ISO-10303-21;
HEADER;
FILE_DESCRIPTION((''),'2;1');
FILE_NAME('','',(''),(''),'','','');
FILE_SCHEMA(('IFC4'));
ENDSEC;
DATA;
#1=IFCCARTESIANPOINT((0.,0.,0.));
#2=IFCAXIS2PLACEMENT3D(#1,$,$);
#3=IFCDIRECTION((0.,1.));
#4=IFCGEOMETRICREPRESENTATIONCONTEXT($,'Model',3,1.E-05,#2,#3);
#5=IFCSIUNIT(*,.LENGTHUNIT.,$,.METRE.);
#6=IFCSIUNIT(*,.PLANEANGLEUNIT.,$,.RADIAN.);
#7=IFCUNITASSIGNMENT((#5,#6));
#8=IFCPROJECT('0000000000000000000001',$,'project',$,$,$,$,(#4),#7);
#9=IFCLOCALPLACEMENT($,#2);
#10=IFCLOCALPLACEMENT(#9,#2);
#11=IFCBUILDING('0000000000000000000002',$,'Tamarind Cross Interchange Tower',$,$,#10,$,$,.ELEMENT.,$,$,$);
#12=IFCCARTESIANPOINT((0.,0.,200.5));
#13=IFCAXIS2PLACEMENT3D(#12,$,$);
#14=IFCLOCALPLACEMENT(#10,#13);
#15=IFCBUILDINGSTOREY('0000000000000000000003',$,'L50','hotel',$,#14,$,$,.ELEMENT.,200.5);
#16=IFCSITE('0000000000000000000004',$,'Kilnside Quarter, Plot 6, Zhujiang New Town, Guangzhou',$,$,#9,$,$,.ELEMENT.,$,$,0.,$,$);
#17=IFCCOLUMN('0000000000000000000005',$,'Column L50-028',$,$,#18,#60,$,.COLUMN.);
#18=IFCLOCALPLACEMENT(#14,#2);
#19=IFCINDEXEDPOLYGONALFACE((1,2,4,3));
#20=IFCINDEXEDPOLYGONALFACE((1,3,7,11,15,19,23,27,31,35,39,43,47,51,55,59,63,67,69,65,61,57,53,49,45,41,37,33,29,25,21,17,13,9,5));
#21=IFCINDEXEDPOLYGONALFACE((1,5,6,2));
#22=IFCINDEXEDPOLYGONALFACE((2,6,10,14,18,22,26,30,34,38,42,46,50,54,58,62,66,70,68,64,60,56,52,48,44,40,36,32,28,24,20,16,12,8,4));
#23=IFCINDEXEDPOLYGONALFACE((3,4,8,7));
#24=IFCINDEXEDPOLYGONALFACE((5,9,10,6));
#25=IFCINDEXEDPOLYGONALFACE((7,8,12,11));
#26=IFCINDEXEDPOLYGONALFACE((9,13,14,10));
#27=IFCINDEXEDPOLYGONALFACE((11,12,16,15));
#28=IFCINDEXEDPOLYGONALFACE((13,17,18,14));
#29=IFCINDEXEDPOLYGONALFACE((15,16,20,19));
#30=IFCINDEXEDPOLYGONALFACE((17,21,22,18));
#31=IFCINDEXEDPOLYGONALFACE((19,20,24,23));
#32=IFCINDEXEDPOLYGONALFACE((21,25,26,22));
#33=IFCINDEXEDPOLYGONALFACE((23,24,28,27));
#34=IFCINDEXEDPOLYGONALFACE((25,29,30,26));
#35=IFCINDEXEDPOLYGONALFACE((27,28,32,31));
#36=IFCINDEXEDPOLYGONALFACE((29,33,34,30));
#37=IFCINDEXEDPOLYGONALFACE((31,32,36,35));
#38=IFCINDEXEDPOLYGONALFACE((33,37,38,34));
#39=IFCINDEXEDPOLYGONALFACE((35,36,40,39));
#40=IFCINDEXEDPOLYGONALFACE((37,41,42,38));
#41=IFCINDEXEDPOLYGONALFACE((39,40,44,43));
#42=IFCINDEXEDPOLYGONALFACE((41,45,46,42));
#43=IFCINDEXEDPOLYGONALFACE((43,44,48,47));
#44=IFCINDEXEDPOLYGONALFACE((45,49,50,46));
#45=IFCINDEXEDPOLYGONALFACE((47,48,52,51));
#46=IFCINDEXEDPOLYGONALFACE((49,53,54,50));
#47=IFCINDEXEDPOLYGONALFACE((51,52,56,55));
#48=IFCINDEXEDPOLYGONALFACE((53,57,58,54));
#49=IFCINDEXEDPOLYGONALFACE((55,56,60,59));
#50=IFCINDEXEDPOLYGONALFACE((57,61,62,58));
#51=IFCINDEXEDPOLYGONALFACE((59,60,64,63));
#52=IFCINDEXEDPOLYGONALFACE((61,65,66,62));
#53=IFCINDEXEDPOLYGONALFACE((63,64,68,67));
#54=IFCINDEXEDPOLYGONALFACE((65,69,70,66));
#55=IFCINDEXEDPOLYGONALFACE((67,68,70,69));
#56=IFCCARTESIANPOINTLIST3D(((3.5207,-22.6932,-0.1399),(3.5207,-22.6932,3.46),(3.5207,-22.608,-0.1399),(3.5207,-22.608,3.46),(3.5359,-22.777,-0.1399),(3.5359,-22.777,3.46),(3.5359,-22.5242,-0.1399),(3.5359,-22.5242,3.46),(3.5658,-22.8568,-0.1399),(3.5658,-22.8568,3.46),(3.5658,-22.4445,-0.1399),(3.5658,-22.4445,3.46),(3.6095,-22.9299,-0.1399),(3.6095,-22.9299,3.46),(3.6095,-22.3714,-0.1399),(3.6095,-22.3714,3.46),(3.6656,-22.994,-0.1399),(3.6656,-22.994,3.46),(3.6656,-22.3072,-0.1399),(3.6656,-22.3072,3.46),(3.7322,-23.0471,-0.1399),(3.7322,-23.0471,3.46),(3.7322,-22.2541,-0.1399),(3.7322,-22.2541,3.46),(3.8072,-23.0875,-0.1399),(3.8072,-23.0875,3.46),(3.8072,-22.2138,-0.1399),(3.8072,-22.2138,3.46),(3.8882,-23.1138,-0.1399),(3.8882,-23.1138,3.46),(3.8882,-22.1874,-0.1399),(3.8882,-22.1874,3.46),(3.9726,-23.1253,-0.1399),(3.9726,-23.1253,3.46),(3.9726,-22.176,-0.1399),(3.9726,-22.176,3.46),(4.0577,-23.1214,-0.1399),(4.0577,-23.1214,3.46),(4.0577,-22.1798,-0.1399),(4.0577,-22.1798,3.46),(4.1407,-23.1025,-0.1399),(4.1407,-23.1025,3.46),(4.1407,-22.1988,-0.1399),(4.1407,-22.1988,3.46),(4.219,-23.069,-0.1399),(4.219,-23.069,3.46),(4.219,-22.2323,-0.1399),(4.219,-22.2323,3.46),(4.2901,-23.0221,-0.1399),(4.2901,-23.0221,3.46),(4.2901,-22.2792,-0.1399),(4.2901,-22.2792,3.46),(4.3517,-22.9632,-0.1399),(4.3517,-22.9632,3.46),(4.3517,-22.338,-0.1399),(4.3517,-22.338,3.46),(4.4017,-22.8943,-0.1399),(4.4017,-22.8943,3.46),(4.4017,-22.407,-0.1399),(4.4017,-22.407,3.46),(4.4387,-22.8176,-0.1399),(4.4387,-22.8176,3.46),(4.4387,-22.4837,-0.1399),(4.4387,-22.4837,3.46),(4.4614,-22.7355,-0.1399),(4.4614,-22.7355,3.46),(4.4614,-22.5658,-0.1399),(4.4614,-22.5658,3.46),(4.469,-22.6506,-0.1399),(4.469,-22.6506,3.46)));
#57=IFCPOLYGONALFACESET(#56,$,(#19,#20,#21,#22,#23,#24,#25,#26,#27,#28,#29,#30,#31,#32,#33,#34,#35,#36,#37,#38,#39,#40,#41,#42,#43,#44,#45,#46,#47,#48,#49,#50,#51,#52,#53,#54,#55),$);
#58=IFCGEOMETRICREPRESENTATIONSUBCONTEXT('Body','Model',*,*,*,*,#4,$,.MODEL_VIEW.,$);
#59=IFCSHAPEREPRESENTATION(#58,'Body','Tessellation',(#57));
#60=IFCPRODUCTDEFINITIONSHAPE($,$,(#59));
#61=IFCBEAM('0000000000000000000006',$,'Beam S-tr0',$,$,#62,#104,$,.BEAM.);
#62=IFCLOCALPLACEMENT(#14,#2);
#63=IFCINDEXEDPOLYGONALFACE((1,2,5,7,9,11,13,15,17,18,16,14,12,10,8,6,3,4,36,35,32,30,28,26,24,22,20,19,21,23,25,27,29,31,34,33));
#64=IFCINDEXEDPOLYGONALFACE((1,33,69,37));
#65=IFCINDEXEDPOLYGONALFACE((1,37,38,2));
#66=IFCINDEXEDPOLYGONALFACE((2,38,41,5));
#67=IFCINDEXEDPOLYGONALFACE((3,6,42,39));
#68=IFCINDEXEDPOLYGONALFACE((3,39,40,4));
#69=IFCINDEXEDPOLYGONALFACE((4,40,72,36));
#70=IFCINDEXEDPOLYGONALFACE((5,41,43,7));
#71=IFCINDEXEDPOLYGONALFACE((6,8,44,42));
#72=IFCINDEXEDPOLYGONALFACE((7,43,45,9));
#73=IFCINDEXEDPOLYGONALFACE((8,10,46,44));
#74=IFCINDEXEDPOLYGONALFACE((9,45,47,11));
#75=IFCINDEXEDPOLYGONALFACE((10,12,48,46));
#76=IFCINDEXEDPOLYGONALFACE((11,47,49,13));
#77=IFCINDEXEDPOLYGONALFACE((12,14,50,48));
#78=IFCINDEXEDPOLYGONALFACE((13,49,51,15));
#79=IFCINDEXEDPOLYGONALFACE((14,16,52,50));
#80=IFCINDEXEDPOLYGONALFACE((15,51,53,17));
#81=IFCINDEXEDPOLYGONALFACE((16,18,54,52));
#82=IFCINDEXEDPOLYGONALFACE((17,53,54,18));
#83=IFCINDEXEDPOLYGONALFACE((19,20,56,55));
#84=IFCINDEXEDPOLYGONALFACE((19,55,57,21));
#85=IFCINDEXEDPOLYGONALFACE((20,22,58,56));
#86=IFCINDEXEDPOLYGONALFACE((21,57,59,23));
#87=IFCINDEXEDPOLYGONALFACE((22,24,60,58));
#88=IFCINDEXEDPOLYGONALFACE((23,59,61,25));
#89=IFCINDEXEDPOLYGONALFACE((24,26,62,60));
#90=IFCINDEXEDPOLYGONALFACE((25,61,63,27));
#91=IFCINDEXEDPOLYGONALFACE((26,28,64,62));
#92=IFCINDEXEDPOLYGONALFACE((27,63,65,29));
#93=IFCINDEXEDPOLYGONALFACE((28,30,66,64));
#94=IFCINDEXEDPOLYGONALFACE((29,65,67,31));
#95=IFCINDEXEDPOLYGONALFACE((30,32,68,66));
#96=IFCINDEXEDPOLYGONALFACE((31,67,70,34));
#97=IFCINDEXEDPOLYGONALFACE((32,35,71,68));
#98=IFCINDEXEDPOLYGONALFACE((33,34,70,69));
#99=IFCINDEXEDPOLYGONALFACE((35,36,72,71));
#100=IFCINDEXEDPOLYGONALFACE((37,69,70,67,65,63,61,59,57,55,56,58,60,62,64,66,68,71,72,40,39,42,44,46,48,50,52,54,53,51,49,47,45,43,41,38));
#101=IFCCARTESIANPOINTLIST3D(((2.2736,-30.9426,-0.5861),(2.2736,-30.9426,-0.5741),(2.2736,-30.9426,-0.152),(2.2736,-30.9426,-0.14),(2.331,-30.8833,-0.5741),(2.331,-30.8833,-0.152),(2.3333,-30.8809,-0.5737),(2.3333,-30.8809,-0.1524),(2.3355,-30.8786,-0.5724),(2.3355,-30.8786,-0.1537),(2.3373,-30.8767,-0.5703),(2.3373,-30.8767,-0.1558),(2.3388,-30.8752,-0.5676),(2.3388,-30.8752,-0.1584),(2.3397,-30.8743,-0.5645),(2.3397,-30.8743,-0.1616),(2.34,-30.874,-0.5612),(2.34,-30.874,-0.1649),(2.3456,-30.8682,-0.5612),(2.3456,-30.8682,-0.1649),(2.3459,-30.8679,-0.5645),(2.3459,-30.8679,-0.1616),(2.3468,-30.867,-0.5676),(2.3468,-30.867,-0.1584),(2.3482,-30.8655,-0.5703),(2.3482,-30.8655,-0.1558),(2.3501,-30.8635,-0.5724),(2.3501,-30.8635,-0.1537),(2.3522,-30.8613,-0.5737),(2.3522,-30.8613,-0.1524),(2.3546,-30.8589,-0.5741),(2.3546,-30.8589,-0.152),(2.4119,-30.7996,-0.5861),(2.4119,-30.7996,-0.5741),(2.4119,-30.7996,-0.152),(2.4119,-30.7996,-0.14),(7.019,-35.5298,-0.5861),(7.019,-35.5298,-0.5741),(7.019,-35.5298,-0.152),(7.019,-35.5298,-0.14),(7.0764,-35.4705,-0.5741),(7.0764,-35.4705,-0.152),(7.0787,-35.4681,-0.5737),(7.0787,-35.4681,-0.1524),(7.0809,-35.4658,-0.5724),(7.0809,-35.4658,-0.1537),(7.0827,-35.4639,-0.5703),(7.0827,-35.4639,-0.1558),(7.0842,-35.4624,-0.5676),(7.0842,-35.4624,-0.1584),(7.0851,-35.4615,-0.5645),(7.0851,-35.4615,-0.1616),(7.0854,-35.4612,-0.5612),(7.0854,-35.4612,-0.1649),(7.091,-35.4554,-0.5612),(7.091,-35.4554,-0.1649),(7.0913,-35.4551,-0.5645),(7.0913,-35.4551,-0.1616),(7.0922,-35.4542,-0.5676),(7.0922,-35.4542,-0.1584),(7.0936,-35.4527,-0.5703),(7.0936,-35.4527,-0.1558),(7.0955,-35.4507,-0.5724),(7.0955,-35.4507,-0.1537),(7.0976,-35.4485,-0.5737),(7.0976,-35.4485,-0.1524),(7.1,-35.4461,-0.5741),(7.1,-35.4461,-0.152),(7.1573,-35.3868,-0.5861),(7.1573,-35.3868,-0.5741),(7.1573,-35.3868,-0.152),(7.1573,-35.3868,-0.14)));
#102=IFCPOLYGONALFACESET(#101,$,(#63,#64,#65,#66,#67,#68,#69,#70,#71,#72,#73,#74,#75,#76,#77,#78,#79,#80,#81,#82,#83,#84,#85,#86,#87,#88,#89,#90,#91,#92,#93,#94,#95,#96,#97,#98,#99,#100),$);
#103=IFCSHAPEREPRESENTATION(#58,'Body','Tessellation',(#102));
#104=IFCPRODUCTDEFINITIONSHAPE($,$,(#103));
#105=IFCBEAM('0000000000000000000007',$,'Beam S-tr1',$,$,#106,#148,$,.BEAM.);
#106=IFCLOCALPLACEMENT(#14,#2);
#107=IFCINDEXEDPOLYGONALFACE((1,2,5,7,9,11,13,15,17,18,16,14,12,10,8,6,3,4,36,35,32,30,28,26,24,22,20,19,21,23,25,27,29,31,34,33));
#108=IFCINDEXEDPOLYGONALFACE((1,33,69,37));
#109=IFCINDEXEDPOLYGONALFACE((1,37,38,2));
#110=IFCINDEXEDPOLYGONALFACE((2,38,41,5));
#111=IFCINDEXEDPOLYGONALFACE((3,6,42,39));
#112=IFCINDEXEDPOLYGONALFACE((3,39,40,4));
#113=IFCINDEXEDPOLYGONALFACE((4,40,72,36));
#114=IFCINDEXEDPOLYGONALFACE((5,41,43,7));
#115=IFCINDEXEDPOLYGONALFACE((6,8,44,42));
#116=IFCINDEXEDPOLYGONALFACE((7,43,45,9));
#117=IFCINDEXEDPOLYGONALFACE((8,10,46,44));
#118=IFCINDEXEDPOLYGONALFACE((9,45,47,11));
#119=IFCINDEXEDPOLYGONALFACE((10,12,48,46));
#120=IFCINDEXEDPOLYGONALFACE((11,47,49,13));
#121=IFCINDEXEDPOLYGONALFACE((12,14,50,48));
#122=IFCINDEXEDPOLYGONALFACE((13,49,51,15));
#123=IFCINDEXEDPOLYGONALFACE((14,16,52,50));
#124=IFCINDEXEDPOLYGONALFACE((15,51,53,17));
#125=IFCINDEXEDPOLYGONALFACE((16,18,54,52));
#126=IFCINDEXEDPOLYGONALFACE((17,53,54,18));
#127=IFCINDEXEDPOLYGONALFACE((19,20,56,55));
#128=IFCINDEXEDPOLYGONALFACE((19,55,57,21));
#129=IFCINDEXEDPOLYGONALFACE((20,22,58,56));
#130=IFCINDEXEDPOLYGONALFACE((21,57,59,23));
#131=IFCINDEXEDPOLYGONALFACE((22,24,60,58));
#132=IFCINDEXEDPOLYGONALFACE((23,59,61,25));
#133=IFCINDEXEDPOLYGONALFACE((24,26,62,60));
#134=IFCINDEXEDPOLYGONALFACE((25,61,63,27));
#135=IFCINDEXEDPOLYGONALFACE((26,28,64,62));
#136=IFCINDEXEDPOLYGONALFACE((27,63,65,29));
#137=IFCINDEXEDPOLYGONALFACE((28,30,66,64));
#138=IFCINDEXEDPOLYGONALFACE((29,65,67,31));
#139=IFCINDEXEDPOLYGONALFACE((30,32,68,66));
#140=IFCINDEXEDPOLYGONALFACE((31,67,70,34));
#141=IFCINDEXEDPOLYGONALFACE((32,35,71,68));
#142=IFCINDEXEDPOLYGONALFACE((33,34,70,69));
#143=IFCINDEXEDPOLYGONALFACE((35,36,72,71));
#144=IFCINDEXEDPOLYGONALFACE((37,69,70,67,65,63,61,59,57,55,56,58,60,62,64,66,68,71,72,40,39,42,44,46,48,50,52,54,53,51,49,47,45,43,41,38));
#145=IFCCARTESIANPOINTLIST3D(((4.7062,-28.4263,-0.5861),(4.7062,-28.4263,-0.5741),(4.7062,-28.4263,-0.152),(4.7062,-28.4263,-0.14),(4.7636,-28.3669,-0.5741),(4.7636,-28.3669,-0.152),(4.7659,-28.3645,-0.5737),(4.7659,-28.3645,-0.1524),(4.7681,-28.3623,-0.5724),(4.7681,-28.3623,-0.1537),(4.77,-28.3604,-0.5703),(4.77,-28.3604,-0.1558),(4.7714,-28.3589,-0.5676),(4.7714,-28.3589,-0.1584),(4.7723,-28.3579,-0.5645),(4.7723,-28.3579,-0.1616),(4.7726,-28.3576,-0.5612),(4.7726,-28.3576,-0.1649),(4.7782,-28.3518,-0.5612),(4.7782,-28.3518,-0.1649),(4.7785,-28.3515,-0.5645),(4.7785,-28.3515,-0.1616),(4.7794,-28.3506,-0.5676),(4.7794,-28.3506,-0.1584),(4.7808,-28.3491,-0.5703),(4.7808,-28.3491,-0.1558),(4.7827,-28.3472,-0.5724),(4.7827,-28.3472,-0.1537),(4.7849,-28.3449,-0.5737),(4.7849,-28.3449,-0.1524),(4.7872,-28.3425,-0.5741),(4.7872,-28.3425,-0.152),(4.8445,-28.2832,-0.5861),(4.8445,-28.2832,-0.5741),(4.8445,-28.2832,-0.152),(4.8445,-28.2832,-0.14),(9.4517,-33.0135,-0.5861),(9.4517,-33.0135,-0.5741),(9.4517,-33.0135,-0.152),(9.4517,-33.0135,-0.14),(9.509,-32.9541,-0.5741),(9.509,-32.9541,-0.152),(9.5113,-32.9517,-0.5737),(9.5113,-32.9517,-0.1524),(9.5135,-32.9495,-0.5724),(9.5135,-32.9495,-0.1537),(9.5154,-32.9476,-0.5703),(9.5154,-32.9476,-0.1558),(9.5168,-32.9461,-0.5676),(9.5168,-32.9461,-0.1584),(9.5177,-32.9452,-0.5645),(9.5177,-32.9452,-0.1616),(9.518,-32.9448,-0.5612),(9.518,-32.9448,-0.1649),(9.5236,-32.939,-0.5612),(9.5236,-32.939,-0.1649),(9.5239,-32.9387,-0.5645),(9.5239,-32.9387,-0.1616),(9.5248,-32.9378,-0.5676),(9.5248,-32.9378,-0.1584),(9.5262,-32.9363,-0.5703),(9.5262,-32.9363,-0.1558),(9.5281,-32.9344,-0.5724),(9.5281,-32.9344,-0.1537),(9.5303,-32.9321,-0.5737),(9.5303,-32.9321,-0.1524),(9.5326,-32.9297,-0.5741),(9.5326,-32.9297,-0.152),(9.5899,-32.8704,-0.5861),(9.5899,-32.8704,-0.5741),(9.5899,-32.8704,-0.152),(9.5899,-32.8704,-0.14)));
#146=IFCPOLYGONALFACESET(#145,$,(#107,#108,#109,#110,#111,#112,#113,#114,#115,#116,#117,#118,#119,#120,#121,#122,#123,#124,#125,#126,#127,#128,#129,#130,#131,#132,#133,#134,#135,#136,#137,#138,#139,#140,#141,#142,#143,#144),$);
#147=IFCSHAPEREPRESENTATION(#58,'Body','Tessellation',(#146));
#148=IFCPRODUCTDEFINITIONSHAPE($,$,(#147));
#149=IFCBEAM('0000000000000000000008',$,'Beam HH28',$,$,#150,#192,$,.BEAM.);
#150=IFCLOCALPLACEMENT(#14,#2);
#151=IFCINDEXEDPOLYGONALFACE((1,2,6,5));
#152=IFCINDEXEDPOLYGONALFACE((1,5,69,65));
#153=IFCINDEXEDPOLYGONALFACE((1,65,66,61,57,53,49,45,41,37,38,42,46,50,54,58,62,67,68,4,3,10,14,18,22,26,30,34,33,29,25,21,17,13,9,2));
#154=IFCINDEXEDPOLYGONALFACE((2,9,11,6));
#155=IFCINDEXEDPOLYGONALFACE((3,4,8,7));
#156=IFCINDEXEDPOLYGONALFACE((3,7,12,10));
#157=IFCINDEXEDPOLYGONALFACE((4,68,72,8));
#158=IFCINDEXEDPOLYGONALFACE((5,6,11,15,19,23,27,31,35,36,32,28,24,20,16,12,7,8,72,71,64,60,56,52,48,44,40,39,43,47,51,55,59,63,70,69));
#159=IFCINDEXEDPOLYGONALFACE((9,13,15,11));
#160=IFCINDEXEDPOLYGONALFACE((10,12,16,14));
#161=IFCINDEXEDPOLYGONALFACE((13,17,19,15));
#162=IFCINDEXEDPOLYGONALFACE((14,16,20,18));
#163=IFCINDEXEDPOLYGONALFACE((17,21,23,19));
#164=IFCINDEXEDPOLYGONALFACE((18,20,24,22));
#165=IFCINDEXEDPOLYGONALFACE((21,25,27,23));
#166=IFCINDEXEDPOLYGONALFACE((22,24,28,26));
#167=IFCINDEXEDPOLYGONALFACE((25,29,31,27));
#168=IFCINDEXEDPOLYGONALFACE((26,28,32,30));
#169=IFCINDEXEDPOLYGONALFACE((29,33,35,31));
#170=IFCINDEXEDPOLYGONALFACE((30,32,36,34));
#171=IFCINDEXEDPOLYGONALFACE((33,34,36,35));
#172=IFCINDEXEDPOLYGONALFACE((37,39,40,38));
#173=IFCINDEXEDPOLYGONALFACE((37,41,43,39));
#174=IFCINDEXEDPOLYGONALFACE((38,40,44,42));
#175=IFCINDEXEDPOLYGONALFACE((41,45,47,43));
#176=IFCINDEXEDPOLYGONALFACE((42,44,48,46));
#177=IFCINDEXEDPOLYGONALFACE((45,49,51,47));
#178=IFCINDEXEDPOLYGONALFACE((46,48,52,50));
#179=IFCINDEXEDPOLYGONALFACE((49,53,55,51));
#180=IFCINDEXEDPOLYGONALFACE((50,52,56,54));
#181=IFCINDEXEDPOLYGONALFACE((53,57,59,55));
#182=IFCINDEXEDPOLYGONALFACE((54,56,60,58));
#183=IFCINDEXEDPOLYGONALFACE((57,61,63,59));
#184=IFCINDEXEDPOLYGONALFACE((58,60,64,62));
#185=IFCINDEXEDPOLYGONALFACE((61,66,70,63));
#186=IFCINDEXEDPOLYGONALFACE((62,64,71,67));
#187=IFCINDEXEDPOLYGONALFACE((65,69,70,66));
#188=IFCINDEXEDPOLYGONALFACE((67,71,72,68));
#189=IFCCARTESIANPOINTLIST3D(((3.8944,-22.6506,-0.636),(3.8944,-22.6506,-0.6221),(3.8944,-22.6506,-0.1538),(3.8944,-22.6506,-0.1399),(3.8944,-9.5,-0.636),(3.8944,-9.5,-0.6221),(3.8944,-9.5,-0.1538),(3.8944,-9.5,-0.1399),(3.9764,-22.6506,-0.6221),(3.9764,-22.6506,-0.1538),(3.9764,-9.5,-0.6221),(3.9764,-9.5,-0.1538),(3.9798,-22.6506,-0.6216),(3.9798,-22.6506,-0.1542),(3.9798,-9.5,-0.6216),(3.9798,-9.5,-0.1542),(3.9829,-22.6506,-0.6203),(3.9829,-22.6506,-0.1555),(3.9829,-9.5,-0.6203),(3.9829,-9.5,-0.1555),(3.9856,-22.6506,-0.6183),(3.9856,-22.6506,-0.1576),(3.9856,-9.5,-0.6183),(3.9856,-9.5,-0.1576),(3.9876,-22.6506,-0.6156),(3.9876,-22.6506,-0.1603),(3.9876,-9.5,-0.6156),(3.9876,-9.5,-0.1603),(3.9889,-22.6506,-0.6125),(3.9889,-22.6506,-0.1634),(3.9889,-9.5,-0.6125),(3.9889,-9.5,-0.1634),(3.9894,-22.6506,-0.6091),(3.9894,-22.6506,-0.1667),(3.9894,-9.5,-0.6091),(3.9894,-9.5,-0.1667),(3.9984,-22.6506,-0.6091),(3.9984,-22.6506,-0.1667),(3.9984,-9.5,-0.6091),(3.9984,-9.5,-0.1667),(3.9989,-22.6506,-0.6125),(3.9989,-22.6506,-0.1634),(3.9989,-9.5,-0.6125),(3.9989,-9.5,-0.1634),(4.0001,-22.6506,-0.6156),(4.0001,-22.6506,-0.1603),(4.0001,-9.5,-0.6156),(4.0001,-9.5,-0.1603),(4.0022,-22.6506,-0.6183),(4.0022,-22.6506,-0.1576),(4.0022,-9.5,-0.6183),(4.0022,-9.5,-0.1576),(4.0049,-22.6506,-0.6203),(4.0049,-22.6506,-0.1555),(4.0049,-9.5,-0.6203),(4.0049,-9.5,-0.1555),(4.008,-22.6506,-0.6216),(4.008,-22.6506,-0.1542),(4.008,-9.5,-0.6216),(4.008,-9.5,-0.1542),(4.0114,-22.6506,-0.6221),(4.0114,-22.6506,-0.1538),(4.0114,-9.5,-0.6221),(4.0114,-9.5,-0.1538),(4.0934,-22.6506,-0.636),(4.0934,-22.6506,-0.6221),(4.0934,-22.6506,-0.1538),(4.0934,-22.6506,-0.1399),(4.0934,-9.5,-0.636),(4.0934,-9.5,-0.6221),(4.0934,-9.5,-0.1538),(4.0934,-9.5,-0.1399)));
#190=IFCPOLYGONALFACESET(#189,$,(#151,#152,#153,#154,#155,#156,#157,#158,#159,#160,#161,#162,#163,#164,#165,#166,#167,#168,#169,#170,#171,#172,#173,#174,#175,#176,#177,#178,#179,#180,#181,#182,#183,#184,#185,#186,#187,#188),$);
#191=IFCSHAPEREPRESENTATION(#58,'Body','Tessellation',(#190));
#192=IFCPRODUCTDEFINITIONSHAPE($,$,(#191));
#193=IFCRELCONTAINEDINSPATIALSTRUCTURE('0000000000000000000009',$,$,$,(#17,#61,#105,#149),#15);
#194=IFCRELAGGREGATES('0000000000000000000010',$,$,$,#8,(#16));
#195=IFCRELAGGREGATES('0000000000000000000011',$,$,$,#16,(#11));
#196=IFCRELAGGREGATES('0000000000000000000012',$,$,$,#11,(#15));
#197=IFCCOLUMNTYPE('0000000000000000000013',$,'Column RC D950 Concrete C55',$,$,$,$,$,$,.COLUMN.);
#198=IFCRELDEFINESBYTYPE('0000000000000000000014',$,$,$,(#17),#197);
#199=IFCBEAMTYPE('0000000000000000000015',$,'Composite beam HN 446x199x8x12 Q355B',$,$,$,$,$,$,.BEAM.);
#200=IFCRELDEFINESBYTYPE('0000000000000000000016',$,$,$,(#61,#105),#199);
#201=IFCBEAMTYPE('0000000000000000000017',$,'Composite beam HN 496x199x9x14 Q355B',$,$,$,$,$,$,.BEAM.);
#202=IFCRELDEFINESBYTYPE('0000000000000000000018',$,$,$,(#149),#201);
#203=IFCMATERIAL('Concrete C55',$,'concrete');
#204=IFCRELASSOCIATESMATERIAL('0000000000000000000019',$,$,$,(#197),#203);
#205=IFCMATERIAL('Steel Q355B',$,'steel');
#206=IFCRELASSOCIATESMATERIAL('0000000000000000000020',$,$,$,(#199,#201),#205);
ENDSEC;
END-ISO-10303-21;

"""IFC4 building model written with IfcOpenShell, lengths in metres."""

from ifc_helpers import new_model, si_unit, direction, frame, origin, origin_2d, place, context, subcontext, project, spatial, circle, i_section, extrude, material, material_profile, profile_set, type_object, element, save


model = new_model("IFC4")

# Units and contexts
model_context = context("Model", 3, precision=1e-05, world=origin(), true_north=direction((0.0, 1.0)))
body_context = subcontext(model_context, "Body", "Model", "MODEL_VIEW")
ifc_project = project(units=[si_unit("LENGTHUNIT", "METRE"), si_unit("PLANEANGLEUNIT", "RADIAN")], contexts=[model_context])

# Site, building, storey
site_placement = place(None, origin())
site = spatial("IfcSite", under=ifc_project, at=site_placement, Name="Kilnside Quarter, Plot 6, Zhujiang New Town, Guangzhou", CompositionType="ELEMENT", RefElevation=0.0)
building_placement = place(site_placement, origin())
building = spatial("IfcBuilding", under=site, at=building_placement, Name="Tamarind Cross Interchange Tower", CompositionType="ELEMENT")
storey_placement = place(building_placement, frame((0.0, 0.0, 200.5)))
storey = spatial("IfcBuildingStorey", under=building, at=storey_placement, Name="L50", Description="hotel", CompositionType="ELEMENT", Elevation=200.5)

# Column
ifc_material_1 = material(Name="Concrete C55", Category="concrete")
ifc_material_profile_1 = material_profile(ifc_material_1, circle(Radius=0.4751, at=origin_2d()), Name="RC D950")
ifc_profile_set_1 = profile_set([ifc_material_profile_1], Name="Concrete C55")
column_type = type_object("IfcColumnType", Name="Column RC D950 Concrete C55", PredefinedType="COLUMN", material=ifc_profile_set_1)
column_placement = place(storey_placement, frame((3.9939, -22.6506, -0.1399), z_axis=(0.0, 0.0, 1.0), x_axis=(1.0, 0.0, 0.0)))
element("IfcColumn", 1, at=column_placement, inside=storey, type_object=column_type, Name="Column L50-028", PredefinedType="COLUMN", context=body_context, shape_type="SweptSolid", body=[
    extrude(circle(Radius=0.4751, at=origin_2d()), origin(), (0.0, 0.0, 1.0), 3.5999),
])

# Beams
ifc_material_2 = material(Name="Steel Q355B", Category="steel")
ifc_material_profile_2 = material_profile(ifc_material_2, i_section(OverallWidth=0.199, OverallDepth=0.446, WebThickness=0.0081, FlangeThickness=0.012, FilletRadius=0.0129, at=origin_2d()), Name="HN 446x199x8x12")
ifc_profile_set_2 = profile_set([ifc_material_profile_2], Name="Steel Q355B")
beam_type_1 = type_object("IfcBeamType", Name="Composite beam HN 446x199x8x12 Q355B", PredefinedType="BEAM", material=ifc_profile_set_2)
for number, where, z_axis, x_axis, name in (
    (2, (2.3428, -30.8711, -0.363), (0.71899, -0.69502, 0.0), (0.69502, 0.71899, 0.0), "Beam S-tr0"),
    (3, (4.7754, -28.3547, -0.363), (0.71899, -0.69502, 0.0), (0.69502, 0.71899, 0.0), "Beam S-tr1"),
):
    element("IfcBeam", number, at=place(storey_placement, frame(where, z_axis=z_axis, x_axis=x_axis)), inside=storey, type_object=beam_type_1, Name=name, PredefinedType="BEAM", context=body_context, shape_type="SweptSolid", body=[
        extrude(i_section(OverallWidth=0.199, OverallDepth=0.446, WebThickness=0.0081, FlangeThickness=0.012, FilletRadius=0.0129, at=origin_2d()), origin(), (0.0, 0.0, 1.0), 6.6001),
    ])
ifc_material_profile_3 = material_profile(ifc_material_2, i_section(OverallWidth=0.199, OverallDepth=0.4961, WebThickness=0.009, FlangeThickness=0.0139, FilletRadius=0.0129, at=origin_2d()), Name="HN 496x199x9x14")
ifc_profile_set_3 = profile_set([ifc_material_profile_3], Name="Steel Q355B")
beam_type_2 = type_object("IfcBeamType", Name="Composite beam HN 496x199x9x14 Q355B", PredefinedType="BEAM", material=ifc_profile_set_3)
beam_1_placement = place(storey_placement, frame((3.9939, -22.6506, -0.3879), z_axis=(0.0, 1.0, 0.0), x_axis=(-1.0, 0.0, 0.0)))
element("IfcBeam", 4, at=beam_1_placement, inside=storey, type_object=beam_type_2, Name="Beam HH28", PredefinedType="BEAM", context=body_context, shape_type="SweptSolid", body=[
    extrude(i_section(OverallWidth=0.199, OverallDepth=0.4961, WebThickness=0.009, FlangeThickness=0.0139, FilletRadius=0.0129, at=origin_2d()), origin(), (0.0, 0.0, 1.0), 13.1506),
])

save(model, "model.ifc")
